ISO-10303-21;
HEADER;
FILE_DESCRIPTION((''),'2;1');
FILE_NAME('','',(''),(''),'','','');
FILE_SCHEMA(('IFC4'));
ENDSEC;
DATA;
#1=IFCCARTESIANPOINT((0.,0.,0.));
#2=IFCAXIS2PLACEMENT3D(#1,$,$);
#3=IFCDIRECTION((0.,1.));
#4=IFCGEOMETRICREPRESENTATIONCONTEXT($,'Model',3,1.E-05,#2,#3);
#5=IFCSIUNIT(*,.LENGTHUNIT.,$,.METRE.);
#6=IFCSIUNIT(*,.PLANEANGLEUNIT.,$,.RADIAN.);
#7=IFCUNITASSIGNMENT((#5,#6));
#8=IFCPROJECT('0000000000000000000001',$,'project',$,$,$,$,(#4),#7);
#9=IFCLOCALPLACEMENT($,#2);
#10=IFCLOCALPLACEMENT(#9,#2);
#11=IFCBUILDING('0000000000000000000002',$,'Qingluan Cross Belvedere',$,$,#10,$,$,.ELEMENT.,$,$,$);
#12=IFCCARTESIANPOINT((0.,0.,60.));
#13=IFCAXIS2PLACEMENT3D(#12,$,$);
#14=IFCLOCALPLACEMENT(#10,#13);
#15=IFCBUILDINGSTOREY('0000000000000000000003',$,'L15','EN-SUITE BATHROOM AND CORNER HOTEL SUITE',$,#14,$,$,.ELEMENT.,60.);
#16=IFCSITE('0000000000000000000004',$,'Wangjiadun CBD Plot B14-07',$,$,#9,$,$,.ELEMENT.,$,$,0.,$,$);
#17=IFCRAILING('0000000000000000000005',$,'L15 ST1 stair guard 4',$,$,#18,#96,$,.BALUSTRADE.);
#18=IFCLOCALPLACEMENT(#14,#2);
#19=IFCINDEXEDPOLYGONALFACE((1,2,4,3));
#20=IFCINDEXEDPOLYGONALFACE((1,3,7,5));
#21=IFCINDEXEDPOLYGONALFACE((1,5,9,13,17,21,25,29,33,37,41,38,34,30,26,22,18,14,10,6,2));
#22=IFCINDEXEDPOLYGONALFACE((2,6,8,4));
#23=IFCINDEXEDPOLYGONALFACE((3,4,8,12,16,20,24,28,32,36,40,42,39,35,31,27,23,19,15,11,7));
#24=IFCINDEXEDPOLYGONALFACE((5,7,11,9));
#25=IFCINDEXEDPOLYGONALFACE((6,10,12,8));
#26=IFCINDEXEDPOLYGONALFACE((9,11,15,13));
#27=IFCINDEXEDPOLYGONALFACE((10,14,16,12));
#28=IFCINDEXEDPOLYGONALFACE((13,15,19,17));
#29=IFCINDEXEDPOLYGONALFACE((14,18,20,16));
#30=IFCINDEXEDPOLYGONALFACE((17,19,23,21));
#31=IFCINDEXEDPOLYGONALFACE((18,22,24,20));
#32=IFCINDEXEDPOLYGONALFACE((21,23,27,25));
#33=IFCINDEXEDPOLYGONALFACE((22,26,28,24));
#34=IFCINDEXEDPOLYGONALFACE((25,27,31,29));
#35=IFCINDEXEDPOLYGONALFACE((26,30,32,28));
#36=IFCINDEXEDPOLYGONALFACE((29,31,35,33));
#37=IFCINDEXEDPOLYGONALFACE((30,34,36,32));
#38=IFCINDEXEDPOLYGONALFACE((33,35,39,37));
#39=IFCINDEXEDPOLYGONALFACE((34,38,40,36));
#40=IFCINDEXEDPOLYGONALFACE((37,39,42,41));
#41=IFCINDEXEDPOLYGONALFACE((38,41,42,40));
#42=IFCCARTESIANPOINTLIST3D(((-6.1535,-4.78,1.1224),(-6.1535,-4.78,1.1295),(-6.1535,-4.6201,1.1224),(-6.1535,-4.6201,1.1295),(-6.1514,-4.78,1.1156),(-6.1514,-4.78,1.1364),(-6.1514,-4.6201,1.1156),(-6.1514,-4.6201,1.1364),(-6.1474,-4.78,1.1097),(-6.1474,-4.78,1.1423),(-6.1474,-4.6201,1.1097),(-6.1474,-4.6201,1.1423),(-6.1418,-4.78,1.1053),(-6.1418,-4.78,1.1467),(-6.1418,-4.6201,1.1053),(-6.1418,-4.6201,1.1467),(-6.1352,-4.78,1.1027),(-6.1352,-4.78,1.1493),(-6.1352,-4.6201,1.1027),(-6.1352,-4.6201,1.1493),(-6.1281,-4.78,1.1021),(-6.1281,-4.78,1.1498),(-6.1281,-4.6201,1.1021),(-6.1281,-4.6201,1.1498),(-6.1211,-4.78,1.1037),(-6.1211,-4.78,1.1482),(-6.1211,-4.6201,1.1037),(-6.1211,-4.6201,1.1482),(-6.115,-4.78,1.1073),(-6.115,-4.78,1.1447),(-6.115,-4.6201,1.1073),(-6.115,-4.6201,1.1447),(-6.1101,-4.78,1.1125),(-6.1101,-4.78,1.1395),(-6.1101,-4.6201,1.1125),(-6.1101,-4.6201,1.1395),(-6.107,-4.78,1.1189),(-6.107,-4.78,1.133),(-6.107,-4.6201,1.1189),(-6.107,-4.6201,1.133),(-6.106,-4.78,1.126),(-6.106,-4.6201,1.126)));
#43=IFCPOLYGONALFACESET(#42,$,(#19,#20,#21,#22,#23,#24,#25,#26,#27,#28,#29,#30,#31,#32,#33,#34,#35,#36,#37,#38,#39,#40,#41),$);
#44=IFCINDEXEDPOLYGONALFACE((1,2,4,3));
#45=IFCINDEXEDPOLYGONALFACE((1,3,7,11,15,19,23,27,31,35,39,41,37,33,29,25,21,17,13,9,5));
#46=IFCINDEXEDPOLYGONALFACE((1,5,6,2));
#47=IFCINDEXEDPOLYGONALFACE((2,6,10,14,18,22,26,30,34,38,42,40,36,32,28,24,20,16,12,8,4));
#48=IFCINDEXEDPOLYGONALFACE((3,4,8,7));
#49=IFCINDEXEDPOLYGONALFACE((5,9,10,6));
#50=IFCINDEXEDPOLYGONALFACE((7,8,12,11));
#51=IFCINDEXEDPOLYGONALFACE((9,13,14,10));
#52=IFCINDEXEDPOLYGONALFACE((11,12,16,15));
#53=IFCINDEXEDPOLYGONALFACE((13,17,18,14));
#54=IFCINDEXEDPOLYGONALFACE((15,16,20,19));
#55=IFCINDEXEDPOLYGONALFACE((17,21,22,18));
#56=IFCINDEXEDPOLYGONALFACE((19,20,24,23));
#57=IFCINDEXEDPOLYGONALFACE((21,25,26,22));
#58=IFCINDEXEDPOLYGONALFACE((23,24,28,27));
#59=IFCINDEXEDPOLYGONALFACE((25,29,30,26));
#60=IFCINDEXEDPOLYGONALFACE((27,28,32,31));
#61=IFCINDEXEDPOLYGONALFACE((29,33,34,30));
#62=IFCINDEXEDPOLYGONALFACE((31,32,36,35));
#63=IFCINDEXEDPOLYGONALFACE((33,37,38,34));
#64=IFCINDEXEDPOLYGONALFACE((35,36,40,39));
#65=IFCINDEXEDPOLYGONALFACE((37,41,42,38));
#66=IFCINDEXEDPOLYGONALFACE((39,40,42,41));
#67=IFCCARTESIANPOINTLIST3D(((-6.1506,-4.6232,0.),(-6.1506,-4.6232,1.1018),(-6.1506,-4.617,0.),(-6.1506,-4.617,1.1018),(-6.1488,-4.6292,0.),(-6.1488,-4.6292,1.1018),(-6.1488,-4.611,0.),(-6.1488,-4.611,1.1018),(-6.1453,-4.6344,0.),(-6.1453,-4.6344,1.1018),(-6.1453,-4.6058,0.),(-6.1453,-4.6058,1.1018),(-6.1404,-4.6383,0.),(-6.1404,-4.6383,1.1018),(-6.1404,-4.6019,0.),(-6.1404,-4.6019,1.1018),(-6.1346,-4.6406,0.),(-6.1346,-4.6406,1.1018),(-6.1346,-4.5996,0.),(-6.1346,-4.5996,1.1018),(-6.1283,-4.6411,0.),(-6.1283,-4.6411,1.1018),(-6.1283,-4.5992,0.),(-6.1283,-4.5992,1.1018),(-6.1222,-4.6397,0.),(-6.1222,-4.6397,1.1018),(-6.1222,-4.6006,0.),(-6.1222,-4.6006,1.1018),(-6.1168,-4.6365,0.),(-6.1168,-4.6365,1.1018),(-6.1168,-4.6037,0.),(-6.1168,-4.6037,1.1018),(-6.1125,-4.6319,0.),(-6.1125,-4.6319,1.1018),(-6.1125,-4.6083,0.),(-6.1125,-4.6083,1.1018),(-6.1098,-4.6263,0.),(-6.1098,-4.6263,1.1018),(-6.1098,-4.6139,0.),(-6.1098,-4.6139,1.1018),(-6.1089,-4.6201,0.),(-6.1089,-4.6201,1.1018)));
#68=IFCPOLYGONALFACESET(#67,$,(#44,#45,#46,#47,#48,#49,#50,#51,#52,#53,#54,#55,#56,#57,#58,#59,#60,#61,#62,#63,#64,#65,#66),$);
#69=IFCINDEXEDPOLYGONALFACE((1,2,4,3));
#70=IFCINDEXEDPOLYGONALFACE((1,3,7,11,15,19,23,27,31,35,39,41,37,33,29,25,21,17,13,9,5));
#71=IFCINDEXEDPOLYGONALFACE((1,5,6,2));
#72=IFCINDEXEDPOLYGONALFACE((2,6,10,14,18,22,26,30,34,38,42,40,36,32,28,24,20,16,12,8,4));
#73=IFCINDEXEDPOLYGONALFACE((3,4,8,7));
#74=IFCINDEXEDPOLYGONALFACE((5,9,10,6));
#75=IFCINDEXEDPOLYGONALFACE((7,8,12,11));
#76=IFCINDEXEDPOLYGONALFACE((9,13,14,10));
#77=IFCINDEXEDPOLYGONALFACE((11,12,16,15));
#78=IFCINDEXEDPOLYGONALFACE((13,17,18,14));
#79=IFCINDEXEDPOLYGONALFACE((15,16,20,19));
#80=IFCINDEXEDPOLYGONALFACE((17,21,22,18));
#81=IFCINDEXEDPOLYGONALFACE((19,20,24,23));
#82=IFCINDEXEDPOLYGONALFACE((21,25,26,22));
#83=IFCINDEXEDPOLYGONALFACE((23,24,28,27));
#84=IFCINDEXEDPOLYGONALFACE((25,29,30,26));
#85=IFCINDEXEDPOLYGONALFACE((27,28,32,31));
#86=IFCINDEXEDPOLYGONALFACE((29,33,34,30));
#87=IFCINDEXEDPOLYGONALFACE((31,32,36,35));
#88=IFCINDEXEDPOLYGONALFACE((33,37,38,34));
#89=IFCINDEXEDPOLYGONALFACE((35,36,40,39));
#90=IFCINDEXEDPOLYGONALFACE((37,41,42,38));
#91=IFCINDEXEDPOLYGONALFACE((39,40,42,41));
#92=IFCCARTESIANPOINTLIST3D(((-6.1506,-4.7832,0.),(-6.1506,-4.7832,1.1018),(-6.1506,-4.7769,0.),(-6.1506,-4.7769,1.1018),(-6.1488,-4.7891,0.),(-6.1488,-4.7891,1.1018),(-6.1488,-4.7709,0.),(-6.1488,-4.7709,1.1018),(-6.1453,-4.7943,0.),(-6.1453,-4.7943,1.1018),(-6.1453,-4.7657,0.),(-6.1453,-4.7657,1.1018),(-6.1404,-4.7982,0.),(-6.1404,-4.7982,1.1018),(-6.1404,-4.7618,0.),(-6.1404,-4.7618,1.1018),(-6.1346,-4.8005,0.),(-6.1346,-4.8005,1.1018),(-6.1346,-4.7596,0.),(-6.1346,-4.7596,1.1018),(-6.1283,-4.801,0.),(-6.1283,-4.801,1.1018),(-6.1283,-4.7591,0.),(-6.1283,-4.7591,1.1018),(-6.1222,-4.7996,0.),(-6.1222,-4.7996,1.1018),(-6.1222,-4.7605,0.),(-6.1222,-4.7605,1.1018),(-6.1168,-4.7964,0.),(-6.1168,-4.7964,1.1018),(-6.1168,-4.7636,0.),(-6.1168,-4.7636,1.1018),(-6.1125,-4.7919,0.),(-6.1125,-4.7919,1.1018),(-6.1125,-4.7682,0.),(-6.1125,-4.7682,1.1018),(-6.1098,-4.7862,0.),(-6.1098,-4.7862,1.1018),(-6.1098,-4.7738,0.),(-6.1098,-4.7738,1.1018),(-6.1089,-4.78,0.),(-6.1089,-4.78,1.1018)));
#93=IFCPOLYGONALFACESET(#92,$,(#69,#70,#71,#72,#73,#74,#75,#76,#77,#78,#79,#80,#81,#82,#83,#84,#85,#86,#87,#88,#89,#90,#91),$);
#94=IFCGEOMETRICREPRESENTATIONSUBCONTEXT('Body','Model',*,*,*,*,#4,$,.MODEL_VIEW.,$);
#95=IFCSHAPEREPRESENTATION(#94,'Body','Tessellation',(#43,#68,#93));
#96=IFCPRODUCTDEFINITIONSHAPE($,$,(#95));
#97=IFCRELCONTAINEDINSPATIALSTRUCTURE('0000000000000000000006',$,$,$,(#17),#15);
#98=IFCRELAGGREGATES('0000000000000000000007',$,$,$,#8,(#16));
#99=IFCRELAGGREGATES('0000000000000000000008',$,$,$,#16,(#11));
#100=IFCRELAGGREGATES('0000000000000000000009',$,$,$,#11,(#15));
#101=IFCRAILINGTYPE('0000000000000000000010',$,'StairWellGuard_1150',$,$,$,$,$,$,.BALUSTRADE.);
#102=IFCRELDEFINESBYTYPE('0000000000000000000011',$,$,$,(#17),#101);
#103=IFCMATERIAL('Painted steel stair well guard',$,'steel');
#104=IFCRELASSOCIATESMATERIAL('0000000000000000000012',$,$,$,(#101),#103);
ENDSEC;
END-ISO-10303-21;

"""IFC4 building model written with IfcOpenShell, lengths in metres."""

from ifc_helpers import new_model, si_unit, direction, frame, origin, origin_2d, place, context, subcontext, project, spatial, circle, extrude, material, type_object, element, save


model = new_model("IFC4")

# Units and contexts
model_context = context("Model", 3, precision=1e-05, world=origin(), true_north=direction((0.0, 1.0)))
body_context = subcontext(model_context, "Body", "Model", "MODEL_VIEW")
ifc_project = project(units=[si_unit("LENGTHUNIT", "METRE"), si_unit("PLANEANGLEUNIT", "RADIAN")], contexts=[model_context])

# Site, building, storey
site_placement = place(None, origin())
site = spatial("IfcSite", under=ifc_project, at=site_placement, Name="Wangjiadun CBD Plot B14-07", CompositionType="ELEMENT", RefElevation=0.0)
building_placement = place(site_placement, origin())
building = spatial("IfcBuilding", under=site, at=building_placement, Name="Qingluan Cross Belvedere", CompositionType="ELEMENT")
storey_placement = place(building_placement, frame((0.0, 0.0, 60.0)))
storey = spatial("IfcBuildingStorey", under=building, at=storey_placement, Name="L15", Description="EN-SUITE BATHROOM AND CORNER HOTEL SUITE", CompositionType="ELEMENT", Elevation=60.0)

# Railing
ifc_material_1 = material(Name="Painted steel stair well guard", Category="steel")
railing_type_1 = type_object("IfcRailingType", Name="StairWellGuard_1150", PredefinedType="BALUSTRADE", material=ifc_material_1)
railing_1_placement = place(storey_placement, frame((-6.1299, -4.6201, 0.0)))
element("IfcRailing", 1, at=railing_1_placement, inside=storey, type_object=railing_type_1, Name="L15 ST1 stair guard 4", PredefinedType="BALUSTRADE", context=body_context, shape_type="SweptSolid", body=[
    extrude(circle(Radius=0.0239, at=origin_2d()), frame((0.0, 0.0, 1.126), z_axis=(0.0, -1.0, 0.0), x_axis=(1.0, 0.0, 0.0)), (0.0, 0.0, 1.0), 0.1599),
    extrude(circle(Radius=0.021, at=origin_2d()), origin(), (0.0, 0.0, 1.0), 1.1018),
    extrude(circle(Radius=0.021, at=origin_2d()), frame((0.0, -0.1599, 0.0)), (0.0, 0.0, 1.0), 1.1018),
])

save(model, "model.ifc")
